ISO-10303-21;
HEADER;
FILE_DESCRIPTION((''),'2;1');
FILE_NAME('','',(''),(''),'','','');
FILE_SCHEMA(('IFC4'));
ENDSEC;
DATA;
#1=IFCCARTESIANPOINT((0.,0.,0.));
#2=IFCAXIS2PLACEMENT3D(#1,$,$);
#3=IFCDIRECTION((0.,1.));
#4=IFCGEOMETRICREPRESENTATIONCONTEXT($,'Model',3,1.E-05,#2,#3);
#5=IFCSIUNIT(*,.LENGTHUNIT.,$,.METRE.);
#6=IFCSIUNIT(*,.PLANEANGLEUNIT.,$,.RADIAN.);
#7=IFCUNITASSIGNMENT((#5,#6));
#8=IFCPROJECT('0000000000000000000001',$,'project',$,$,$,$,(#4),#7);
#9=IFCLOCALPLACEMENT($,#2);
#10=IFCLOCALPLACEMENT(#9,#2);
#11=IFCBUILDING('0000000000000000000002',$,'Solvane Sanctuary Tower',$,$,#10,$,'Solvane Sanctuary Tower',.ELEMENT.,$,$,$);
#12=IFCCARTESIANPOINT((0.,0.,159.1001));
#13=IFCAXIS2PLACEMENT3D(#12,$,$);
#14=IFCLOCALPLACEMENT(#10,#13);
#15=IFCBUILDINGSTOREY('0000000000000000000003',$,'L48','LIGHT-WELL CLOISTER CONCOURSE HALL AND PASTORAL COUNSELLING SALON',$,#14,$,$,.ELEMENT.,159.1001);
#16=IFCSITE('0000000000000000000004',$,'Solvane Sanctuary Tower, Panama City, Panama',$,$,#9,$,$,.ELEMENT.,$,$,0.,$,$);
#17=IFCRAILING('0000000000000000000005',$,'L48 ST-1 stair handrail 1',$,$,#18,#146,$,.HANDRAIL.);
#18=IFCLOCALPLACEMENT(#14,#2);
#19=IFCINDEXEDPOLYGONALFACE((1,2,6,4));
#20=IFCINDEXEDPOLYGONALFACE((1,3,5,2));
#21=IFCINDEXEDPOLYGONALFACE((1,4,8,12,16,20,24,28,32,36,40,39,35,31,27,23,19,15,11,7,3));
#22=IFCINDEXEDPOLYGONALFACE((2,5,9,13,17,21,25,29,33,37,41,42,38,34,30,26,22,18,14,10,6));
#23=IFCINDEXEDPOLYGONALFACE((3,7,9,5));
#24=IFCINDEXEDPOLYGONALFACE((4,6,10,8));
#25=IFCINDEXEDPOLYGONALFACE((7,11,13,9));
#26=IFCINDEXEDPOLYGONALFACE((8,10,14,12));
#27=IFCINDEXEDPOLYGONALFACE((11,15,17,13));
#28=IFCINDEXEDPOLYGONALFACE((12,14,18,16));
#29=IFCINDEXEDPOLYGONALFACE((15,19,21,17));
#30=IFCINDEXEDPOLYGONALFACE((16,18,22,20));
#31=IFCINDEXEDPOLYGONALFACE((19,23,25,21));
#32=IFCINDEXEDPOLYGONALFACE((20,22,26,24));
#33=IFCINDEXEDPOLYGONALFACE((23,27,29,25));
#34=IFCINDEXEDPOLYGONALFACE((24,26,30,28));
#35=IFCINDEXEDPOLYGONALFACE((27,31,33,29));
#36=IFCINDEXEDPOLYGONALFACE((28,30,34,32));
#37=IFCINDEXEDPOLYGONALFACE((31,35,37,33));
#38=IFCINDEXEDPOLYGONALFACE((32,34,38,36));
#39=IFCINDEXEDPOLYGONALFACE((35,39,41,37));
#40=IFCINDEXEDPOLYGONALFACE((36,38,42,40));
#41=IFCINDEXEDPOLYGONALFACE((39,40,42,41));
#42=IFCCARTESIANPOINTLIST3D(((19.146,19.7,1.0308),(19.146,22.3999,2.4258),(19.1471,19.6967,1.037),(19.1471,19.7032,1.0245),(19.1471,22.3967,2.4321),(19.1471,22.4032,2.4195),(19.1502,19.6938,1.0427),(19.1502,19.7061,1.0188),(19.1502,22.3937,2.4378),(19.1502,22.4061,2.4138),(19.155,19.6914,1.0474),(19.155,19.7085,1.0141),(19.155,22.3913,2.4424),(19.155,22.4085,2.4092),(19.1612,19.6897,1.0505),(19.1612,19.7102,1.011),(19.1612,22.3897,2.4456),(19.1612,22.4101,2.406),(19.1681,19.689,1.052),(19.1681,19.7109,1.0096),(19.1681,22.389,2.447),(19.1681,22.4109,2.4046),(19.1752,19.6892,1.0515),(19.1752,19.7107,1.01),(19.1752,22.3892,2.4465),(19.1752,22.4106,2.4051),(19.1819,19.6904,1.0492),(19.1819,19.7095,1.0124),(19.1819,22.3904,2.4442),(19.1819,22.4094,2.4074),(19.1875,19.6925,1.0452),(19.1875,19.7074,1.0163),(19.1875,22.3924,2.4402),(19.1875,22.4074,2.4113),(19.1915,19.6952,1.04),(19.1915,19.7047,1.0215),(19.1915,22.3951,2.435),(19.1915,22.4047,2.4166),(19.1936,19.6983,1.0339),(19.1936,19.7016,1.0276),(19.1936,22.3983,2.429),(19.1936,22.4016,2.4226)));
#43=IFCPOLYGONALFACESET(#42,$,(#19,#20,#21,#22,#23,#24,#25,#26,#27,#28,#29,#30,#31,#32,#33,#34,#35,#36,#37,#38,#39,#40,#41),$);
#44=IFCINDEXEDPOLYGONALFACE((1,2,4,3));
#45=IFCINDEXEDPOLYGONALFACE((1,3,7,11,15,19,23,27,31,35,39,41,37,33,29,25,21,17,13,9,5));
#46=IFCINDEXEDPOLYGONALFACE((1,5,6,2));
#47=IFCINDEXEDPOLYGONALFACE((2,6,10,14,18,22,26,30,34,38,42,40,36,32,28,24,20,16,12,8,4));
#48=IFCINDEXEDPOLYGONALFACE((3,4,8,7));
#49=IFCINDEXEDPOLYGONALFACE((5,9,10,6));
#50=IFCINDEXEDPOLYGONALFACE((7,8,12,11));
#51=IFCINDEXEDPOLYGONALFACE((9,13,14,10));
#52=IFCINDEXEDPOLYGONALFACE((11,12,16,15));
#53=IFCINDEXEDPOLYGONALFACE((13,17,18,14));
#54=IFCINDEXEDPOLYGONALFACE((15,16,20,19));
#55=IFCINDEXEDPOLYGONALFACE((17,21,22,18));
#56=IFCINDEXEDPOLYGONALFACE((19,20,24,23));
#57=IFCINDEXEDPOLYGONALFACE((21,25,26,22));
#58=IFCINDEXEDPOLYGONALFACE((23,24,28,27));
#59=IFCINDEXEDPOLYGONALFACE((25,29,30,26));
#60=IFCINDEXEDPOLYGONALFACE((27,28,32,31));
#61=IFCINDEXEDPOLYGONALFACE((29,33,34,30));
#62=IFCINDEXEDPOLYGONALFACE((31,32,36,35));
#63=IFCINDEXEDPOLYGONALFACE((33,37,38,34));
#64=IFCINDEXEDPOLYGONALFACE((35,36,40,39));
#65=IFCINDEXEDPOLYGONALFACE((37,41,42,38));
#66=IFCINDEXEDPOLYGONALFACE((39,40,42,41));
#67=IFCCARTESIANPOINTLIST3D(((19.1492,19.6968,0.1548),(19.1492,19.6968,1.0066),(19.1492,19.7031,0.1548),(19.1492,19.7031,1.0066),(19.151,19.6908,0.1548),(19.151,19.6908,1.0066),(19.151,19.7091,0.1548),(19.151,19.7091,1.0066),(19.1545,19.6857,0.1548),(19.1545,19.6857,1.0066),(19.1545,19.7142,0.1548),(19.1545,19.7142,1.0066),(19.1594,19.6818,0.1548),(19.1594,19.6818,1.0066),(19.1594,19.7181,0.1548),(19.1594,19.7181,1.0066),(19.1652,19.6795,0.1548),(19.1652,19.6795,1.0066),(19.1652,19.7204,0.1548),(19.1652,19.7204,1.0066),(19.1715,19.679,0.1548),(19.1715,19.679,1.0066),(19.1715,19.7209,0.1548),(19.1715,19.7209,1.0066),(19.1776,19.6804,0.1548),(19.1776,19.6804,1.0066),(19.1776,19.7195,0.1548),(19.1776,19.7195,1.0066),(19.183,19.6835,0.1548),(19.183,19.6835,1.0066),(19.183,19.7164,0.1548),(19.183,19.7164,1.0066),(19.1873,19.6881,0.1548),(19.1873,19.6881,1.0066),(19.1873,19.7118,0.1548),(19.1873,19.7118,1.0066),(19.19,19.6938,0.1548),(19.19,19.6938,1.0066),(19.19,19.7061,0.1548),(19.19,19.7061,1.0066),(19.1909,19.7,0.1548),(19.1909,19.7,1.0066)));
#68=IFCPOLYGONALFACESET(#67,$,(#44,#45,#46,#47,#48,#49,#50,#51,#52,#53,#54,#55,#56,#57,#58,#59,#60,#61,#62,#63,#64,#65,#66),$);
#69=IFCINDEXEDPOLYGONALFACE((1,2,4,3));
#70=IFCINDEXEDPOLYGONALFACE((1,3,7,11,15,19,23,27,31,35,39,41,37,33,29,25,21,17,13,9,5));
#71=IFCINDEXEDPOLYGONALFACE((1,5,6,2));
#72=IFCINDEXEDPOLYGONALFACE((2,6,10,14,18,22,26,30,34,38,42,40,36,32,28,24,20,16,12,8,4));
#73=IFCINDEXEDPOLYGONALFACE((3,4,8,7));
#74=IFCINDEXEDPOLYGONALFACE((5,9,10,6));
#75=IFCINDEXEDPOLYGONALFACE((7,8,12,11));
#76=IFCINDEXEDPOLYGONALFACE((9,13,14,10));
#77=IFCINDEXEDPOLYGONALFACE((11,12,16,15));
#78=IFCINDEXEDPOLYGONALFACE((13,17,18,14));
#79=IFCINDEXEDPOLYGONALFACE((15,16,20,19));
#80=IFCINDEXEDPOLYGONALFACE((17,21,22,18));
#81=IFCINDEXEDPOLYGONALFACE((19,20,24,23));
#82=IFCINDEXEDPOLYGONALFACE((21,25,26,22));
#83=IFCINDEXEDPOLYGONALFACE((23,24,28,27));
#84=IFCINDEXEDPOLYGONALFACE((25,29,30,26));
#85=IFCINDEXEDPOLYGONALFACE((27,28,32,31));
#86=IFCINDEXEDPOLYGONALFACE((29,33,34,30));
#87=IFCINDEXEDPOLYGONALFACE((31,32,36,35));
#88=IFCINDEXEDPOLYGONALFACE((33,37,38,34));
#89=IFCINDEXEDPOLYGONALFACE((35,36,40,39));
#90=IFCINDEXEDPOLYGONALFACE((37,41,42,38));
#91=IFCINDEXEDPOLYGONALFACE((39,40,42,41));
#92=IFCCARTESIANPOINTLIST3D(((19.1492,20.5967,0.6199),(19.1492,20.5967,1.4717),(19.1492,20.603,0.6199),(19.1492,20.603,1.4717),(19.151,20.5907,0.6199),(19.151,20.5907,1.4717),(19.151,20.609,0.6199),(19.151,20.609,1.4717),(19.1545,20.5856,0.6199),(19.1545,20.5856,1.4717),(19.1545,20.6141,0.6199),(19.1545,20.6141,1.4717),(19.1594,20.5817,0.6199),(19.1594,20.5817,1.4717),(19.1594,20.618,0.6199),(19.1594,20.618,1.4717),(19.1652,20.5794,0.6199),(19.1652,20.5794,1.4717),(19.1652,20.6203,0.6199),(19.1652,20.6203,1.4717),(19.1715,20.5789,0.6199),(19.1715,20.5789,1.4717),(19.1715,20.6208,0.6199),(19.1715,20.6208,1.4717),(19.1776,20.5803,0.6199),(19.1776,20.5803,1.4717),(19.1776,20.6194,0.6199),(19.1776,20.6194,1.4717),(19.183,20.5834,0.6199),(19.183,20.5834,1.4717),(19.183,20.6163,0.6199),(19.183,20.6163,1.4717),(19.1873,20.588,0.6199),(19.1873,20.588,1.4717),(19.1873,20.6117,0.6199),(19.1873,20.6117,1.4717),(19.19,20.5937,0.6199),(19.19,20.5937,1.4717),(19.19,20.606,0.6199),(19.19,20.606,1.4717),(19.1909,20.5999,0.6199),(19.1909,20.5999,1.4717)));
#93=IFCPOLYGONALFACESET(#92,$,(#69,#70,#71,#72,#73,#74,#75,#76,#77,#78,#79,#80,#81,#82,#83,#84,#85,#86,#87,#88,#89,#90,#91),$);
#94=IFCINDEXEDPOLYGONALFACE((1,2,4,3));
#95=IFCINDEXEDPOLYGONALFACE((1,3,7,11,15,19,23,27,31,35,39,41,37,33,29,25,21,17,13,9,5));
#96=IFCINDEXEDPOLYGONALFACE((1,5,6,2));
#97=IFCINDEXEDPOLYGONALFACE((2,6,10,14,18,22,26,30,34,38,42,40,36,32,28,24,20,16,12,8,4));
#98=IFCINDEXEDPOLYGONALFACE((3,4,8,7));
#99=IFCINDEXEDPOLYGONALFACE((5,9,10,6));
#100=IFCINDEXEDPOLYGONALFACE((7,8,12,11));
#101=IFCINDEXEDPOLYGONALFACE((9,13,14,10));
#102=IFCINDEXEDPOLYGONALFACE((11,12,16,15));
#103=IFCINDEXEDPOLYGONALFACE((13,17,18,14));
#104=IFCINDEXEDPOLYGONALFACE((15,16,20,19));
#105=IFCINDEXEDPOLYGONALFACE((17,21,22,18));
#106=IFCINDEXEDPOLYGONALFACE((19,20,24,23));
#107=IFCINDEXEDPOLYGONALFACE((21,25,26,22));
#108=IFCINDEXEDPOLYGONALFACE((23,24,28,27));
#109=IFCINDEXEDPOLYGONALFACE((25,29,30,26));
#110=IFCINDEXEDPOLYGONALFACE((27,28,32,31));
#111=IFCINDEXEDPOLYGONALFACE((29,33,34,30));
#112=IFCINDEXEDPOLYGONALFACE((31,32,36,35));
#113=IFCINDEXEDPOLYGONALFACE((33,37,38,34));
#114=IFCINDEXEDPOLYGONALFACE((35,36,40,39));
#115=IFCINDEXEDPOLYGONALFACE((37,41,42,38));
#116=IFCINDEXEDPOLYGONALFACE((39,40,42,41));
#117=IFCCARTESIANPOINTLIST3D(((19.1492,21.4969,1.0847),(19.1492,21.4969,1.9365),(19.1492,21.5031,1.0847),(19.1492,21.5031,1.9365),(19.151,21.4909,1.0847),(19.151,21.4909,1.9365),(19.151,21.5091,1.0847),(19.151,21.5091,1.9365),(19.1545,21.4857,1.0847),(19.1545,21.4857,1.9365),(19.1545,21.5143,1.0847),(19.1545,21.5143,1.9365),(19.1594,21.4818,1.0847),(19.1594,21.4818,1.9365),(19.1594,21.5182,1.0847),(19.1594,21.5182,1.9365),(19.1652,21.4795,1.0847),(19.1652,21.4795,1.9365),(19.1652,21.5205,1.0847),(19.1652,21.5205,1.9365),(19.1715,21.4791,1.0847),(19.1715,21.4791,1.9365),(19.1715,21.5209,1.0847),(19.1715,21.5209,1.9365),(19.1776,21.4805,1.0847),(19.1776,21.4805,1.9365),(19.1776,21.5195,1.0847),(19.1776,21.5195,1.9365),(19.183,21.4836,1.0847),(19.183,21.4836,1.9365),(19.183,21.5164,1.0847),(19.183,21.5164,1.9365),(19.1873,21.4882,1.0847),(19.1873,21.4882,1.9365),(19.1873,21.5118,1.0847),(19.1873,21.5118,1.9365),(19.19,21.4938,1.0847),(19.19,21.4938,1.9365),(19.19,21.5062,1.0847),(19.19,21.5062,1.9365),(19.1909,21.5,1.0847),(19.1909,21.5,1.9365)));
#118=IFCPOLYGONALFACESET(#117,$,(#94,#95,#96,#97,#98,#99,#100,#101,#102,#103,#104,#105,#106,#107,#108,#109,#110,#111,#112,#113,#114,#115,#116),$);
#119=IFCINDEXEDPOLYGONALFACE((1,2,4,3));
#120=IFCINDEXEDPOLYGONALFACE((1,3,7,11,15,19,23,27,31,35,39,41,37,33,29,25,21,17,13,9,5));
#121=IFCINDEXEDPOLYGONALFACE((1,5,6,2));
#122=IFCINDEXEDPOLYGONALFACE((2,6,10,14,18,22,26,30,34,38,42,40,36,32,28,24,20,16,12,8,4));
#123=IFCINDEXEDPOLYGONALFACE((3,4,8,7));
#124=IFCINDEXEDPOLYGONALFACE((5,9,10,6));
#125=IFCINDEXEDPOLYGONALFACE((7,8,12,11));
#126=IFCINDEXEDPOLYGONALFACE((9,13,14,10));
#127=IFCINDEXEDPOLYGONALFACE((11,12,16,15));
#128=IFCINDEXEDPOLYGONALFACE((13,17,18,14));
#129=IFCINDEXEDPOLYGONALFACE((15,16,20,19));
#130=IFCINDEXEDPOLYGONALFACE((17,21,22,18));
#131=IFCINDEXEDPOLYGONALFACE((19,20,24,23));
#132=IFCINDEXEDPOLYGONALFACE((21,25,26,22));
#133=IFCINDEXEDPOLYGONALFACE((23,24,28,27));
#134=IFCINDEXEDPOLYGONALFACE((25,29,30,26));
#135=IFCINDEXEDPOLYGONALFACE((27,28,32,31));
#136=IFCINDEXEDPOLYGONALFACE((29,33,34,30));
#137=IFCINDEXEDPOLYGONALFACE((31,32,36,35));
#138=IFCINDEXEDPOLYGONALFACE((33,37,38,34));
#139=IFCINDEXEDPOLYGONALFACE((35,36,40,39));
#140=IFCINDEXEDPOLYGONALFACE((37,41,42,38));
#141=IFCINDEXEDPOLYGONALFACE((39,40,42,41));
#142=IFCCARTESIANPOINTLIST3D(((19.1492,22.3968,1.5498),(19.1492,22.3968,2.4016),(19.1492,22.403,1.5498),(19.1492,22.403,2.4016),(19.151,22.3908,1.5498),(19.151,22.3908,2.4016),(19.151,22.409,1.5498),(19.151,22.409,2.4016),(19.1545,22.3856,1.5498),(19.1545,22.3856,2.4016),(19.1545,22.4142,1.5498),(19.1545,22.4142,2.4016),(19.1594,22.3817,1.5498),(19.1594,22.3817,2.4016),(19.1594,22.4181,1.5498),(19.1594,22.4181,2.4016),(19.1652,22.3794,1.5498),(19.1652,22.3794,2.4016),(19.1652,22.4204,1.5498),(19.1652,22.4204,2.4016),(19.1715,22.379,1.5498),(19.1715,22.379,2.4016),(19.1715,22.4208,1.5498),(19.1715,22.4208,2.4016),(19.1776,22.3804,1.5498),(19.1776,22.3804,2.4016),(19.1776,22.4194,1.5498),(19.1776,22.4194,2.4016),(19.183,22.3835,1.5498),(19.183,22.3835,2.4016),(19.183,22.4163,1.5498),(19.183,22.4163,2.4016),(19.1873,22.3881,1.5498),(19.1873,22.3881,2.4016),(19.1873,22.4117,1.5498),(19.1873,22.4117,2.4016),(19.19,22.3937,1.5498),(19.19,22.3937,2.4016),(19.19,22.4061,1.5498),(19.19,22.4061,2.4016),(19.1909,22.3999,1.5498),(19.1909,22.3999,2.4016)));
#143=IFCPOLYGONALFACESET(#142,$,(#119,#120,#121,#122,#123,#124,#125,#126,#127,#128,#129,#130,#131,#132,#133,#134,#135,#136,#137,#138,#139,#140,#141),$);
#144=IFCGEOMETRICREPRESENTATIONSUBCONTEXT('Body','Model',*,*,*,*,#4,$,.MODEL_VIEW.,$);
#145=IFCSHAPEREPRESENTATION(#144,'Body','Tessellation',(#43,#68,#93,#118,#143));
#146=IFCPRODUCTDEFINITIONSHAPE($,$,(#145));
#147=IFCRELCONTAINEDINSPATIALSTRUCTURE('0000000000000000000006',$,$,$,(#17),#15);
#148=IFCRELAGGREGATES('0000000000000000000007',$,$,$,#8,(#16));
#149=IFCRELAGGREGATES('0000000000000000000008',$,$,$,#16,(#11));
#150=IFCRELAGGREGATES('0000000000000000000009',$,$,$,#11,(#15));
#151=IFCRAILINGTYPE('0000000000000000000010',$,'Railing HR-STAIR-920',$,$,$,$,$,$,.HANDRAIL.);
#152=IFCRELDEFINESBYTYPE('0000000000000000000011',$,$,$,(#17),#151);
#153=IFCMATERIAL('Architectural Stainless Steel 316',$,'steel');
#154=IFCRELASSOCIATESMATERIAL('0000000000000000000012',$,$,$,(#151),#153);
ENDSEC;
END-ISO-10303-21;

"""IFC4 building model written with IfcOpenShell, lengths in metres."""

from ifc_helpers import new_model, si_unit, direction, frame, origin, origin_2d, place, context, subcontext, project, spatial, circle, extrude, material, type_object, element, save


model = new_model("IFC4")

# Units and contexts
model_context = context("Model", 3, precision=1e-05, world=origin(), true_north=direction((0.0, 1.0)))
body_context = subcontext(model_context, "Body", "Model", "MODEL_VIEW")
ifc_project = project(units=[si_unit("LENGTHUNIT", "METRE"), si_unit("PLANEANGLEUNIT", "RADIAN")], contexts=[model_context])

# Site, building, storey
site_placement = place(None, origin())
site = spatial("IfcSite", under=ifc_project, at=site_placement, Name="Solvane Sanctuary Tower, Panama City, Panama", CompositionType="ELEMENT", RefElevation=0.0)
building_placement = place(site_placement, origin())
building = spatial("IfcBuilding", under=site, at=building_placement, Name="Solvane Sanctuary Tower", LongName="Solvane Sanctuary Tower", CompositionType="ELEMENT")
storey_placement = place(building_placement, frame((0.0, 0.0, 159.1001)))
storey = spatial("IfcBuildingStorey", under=building, at=storey_placement, Name="L48", Description="LIGHT-WELL CLOISTER CONCOURSE HALL AND PASTORAL COUNSELLING SALON", CompositionType="ELEMENT", Elevation=159.1001)

# Shared definitions
ifc_material_1 = material(Name="Architectural Stainless Steel 316", Category="steel")

# Railing
railing_type_1 = type_object("IfcRailingType", Name="Railing HR-STAIR-920", PredefinedType="HANDRAIL", material=ifc_material_1)
railing_1_placement = place(storey_placement, frame((19.1699, 19.7, 0.1548)))
element("IfcRailing", 1, at=railing_1_placement, inside=storey, type_object=railing_type_1, Name="L48 ST-1 stair handrail 1", PredefinedType="HANDRAIL", context=body_context, shape_type="SweptSolid", body=[
    extrude(circle(Radius=0.0239, at=origin_2d()), frame((0.0, 0.0, 0.876), z_axis=(0.0, 0.88842, 0.459032), x_axis=(-1.0, 0.0, 0.0)), (0.0, 0.0, 1.0), 3.0391),
    extrude(circle(Radius=0.021, at=origin_2d()), origin(), (0.0, 0.0, 1.0), 0.8518),
    extrude(circle(Radius=0.021, at=origin_2d()), frame((0.0, 0.8999, 0.4651)), (0.0, 0.0, 1.0), 0.8518),
    extrude(circle(Radius=0.021, at=origin_2d()), frame((0.0, 1.8, 0.9299)), (0.0, 0.0, 1.0), 0.8518),
    extrude(circle(Radius=0.021, at=origin_2d()), frame((0.0, 2.7, 1.395)), (0.0, 0.0, 1.0), 0.8518),
])

save(model, "model.ifc")
